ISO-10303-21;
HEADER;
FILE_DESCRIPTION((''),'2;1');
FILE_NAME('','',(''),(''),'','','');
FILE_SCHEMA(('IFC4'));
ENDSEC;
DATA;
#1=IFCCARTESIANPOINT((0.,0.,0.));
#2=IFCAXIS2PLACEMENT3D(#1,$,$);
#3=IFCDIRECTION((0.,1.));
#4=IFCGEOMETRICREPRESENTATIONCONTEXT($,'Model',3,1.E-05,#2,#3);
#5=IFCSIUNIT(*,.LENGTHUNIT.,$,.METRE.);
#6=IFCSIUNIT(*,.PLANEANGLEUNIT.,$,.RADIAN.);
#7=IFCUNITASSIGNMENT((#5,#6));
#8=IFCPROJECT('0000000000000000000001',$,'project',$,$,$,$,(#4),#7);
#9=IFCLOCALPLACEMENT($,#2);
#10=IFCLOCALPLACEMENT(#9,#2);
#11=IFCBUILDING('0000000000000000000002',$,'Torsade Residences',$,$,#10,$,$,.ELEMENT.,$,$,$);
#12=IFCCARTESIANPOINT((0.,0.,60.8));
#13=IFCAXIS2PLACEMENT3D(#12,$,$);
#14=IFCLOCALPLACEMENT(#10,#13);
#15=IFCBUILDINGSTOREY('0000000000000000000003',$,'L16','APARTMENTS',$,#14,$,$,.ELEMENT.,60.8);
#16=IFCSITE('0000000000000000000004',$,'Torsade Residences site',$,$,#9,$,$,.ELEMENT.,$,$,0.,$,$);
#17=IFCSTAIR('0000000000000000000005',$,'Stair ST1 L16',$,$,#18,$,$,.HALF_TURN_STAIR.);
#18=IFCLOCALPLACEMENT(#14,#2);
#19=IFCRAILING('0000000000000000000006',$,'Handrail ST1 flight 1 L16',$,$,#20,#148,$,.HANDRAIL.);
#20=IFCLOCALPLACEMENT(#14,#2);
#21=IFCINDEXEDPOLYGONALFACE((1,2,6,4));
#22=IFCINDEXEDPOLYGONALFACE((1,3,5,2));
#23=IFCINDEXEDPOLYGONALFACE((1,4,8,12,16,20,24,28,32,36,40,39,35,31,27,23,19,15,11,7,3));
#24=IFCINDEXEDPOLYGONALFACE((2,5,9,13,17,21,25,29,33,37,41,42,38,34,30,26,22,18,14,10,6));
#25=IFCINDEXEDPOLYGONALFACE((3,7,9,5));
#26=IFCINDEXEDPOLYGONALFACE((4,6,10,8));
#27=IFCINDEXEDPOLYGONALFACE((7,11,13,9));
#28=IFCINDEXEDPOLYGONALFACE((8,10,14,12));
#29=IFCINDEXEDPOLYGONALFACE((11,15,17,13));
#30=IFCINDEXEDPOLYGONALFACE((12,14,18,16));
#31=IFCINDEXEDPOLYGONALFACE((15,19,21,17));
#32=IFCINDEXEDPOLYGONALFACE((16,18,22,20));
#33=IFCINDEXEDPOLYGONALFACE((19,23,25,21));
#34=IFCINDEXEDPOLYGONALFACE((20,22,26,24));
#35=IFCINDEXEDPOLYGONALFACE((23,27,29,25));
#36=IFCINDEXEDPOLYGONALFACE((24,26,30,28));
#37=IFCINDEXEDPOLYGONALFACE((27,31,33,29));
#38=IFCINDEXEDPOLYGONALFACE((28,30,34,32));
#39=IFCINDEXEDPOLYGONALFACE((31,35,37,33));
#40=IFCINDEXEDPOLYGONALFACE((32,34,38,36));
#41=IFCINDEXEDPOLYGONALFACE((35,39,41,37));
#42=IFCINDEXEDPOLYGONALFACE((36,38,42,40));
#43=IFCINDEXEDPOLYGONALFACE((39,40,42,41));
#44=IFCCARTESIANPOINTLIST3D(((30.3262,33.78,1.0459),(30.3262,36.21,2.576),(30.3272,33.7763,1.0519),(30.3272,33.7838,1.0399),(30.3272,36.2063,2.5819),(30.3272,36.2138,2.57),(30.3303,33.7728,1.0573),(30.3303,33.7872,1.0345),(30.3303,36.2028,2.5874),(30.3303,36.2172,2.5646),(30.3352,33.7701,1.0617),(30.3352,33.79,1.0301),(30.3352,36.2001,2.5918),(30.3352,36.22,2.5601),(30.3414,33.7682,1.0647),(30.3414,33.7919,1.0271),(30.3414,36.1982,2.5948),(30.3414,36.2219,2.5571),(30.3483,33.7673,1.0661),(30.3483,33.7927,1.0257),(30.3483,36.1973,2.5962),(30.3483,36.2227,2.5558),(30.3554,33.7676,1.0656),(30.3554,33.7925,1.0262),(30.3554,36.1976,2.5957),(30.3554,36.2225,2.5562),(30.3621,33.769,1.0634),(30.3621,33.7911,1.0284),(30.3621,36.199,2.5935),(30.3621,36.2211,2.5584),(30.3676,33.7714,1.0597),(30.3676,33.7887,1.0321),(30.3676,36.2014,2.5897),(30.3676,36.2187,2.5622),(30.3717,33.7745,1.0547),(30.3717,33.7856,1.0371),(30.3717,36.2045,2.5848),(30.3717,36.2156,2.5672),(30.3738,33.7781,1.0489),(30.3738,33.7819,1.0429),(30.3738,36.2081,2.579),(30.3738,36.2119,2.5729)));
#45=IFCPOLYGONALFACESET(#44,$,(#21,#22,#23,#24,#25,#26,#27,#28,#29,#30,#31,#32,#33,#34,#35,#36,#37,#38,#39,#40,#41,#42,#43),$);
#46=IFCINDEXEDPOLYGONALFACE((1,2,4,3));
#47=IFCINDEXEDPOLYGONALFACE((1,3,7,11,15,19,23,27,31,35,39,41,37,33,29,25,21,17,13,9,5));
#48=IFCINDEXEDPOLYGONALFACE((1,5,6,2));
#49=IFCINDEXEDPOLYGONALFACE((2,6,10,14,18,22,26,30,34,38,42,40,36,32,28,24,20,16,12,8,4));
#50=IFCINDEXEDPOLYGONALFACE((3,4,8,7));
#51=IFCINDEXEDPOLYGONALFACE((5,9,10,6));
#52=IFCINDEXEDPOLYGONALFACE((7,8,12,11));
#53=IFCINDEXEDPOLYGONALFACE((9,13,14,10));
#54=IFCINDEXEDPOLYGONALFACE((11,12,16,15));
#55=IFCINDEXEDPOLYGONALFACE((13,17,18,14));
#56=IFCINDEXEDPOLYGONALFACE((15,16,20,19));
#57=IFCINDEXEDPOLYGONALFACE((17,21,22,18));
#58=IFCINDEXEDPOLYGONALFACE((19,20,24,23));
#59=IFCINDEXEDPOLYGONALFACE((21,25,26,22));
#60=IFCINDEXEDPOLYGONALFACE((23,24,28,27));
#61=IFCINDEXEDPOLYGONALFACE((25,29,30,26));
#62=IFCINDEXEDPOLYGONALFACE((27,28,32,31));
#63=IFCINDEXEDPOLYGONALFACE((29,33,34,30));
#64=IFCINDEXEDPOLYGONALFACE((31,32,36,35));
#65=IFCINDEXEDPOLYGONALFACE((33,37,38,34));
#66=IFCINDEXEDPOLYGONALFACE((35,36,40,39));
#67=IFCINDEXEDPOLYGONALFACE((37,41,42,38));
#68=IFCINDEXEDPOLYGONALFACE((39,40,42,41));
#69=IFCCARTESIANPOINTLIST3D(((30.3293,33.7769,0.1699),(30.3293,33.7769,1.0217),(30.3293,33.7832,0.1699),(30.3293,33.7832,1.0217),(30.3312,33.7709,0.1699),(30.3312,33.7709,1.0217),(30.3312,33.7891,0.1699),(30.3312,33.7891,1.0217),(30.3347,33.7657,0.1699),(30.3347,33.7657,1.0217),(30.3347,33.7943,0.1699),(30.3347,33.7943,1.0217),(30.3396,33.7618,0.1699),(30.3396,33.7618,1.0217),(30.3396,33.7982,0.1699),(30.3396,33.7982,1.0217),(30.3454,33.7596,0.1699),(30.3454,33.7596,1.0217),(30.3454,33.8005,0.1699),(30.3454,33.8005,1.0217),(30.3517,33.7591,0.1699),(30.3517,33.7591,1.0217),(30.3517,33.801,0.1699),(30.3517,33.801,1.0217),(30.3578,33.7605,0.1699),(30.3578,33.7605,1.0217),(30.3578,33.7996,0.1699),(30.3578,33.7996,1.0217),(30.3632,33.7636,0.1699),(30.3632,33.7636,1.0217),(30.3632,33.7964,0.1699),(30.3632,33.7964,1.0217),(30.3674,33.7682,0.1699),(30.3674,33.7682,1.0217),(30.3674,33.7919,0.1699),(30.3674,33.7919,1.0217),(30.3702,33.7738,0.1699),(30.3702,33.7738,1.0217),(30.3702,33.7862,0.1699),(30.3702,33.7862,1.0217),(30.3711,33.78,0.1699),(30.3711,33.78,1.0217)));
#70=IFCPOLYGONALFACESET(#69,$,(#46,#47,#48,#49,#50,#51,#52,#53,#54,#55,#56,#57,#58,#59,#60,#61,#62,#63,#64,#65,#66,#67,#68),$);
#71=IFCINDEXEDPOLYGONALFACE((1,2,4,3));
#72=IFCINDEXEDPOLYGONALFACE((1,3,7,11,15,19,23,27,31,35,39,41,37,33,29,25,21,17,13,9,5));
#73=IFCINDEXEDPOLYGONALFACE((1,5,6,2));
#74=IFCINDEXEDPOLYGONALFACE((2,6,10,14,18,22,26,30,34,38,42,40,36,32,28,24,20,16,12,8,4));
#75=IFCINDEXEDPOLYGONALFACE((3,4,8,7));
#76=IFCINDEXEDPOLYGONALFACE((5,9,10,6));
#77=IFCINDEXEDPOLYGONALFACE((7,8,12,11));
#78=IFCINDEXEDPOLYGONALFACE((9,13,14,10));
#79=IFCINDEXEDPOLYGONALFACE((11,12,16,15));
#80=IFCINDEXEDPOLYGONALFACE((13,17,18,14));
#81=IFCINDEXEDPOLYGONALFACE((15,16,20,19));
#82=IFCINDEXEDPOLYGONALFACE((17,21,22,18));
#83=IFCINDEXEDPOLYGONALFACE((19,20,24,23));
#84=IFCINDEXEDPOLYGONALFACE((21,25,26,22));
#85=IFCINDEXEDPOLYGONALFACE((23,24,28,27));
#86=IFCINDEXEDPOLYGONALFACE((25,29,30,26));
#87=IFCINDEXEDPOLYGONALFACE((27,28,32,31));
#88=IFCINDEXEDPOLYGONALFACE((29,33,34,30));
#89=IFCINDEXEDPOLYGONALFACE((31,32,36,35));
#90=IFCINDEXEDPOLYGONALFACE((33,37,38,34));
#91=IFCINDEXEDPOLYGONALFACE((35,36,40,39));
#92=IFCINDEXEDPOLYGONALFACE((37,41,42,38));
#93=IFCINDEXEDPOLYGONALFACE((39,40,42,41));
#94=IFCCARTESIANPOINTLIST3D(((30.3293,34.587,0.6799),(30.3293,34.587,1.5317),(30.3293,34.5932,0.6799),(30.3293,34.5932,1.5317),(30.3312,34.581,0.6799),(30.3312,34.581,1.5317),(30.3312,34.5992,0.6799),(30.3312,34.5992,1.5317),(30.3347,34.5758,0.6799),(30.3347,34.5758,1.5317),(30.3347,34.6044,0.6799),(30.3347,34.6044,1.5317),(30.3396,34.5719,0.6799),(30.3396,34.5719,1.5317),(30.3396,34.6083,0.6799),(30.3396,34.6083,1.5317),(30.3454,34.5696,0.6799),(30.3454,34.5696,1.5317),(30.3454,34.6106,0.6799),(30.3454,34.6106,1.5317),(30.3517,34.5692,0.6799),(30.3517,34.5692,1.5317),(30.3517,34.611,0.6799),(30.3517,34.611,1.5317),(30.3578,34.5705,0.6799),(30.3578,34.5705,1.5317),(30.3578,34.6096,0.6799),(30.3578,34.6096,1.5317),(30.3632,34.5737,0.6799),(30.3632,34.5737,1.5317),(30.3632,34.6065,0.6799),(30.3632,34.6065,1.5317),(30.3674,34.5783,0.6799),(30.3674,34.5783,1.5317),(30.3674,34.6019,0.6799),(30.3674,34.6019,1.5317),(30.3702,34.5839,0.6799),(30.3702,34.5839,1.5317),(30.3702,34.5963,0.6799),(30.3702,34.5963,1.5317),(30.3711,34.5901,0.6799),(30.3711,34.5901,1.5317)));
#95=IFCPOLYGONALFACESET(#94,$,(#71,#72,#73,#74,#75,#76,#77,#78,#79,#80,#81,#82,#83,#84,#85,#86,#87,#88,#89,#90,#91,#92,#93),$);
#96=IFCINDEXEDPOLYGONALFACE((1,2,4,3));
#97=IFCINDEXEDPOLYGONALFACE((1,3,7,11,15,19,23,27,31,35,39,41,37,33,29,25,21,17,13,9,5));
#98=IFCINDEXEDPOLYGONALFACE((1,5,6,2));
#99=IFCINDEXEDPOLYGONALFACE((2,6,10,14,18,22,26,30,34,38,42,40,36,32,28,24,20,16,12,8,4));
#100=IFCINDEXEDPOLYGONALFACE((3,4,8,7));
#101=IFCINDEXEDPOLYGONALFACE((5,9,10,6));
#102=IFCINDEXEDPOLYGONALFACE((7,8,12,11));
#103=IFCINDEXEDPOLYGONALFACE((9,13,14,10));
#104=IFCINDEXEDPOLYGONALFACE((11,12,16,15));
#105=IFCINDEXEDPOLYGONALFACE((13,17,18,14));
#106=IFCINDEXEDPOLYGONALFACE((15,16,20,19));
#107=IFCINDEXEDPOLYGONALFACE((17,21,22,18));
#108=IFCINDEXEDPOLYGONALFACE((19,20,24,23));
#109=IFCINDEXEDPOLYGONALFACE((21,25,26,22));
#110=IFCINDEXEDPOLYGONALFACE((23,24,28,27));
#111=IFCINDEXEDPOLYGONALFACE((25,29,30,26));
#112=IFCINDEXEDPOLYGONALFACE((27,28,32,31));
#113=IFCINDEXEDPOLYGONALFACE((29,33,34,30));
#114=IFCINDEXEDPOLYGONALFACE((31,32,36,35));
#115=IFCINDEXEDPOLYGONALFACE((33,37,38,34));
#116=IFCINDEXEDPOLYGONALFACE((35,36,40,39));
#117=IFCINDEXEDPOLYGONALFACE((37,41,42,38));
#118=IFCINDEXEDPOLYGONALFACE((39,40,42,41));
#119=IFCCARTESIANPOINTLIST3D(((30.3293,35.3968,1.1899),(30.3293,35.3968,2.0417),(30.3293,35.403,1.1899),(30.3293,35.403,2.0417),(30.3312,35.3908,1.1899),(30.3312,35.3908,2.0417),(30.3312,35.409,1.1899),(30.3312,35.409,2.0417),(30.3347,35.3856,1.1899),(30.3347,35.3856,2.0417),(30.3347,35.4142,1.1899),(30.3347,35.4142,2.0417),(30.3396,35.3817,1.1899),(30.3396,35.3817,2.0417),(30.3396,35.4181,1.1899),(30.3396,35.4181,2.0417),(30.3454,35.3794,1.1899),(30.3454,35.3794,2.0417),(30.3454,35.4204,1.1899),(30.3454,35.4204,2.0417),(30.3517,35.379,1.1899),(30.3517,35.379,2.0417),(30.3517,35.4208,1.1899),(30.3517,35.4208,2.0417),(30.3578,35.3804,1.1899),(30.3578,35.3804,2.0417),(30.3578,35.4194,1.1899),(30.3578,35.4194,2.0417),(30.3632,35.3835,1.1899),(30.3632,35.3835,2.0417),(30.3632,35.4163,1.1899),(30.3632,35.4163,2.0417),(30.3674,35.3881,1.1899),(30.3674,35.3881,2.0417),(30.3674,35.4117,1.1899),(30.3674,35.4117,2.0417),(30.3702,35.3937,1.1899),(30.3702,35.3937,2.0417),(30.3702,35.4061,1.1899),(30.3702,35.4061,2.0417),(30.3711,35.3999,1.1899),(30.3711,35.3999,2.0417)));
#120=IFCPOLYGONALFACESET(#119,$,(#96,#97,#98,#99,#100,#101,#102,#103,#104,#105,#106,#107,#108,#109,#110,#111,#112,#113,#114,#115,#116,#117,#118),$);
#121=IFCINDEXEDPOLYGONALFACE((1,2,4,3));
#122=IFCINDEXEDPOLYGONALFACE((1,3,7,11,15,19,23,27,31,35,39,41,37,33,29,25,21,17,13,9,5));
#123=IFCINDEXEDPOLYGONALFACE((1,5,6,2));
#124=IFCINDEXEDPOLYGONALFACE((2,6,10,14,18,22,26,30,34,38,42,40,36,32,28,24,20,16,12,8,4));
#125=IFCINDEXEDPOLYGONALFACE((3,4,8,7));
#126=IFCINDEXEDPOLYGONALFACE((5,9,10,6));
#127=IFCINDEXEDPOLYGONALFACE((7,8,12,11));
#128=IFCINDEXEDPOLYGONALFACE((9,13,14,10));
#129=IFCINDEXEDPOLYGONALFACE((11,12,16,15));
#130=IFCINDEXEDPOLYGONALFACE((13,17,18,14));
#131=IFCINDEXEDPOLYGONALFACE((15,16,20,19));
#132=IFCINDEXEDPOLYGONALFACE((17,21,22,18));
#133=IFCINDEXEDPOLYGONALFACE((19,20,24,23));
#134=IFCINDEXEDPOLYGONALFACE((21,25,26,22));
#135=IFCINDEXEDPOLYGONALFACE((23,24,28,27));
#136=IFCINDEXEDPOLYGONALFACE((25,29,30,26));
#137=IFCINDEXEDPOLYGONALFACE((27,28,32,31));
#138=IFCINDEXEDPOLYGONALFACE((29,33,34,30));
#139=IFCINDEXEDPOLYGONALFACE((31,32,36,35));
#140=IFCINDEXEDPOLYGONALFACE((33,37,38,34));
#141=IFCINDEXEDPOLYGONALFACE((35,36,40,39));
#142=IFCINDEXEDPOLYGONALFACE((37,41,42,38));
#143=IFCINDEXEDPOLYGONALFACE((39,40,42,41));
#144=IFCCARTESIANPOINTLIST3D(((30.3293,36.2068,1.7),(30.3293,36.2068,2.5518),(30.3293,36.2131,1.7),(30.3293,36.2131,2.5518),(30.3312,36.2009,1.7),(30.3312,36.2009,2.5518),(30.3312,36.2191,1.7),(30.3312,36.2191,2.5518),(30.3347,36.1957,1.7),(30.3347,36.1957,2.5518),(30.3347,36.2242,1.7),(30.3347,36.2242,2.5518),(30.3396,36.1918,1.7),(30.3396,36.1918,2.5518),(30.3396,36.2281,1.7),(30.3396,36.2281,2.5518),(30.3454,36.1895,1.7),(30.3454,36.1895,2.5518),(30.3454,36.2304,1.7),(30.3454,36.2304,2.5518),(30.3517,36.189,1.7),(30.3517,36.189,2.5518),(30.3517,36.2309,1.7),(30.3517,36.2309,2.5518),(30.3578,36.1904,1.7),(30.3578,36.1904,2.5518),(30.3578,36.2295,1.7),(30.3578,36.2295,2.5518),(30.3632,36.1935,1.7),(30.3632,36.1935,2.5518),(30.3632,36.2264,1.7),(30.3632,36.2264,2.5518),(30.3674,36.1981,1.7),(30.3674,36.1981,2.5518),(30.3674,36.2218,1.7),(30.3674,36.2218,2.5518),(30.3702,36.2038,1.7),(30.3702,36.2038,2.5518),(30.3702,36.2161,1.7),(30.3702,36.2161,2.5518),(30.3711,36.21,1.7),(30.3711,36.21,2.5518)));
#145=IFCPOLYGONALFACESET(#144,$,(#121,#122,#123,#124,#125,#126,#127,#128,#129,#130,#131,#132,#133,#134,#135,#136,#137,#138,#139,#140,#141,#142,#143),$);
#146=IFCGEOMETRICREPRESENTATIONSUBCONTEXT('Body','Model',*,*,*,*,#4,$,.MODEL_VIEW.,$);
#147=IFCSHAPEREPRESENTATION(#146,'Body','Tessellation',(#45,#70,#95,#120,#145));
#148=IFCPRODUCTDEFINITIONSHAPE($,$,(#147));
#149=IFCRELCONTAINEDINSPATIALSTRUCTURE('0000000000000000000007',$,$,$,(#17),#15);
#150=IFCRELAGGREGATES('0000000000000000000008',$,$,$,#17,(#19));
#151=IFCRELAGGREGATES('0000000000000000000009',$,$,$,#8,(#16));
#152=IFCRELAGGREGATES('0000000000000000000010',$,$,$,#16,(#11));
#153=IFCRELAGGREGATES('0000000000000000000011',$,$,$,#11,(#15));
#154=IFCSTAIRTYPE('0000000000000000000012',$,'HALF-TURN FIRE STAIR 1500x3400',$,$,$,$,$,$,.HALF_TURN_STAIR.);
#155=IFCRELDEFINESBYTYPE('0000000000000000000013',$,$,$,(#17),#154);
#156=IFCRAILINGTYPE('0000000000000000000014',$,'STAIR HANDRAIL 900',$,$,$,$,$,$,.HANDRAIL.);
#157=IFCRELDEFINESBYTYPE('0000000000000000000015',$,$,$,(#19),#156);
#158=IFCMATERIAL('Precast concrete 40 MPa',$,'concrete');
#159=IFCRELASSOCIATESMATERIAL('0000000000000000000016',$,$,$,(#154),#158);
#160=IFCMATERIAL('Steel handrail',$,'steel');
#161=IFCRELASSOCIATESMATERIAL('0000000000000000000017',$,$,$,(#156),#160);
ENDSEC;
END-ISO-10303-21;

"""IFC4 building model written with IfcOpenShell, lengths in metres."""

from ifc_helpers import new_model, si_unit, direction, frame, origin, origin_2d, place, context, subcontext, project, spatial, circle, extrude, material, type_object, element, aggregate, save


model = new_model("IFC4")

# Units and contexts
model_context = context("Model", 3, precision=1e-05, world=origin(), true_north=direction((0.0, 1.0)))
body_context = subcontext(model_context, "Body", "Model", "MODEL_VIEW")
ifc_project = project(units=[si_unit("LENGTHUNIT", "METRE"), si_unit("PLANEANGLEUNIT", "RADIAN")], contexts=[model_context])

# Site, building, storey
site_placement = place(None, origin())
site = spatial("IfcSite", under=ifc_project, at=site_placement, Name="Torsade Residences site", CompositionType="ELEMENT", RefElevation=0.0)
building_placement = place(site_placement, origin())
building = spatial("IfcBuilding", under=site, at=building_placement, Name="Torsade Residences", CompositionType="ELEMENT")
storey_placement = place(building_placement, frame((0.0, 0.0, 60.8)))
storey = spatial("IfcBuildingStorey", under=building, at=storey_placement, Name="L16", Description="APARTMENTS", CompositionType="ELEMENT", Elevation=60.8)

# Stair, railing
ifc_material_1 = material(Name="Precast concrete 40 MPa", Category="concrete")
stair_type = type_object("IfcStairType", Name="HALF-TURN FIRE STAIR 1500x3400", PredefinedType="HALF_TURN_STAIR", material=ifc_material_1)
stair_placement = place(storey_placement, origin())
stair = element("IfcStair", 1, at=stair_placement, inside=storey, type_object=stair_type, Name="Stair ST1 L16", PredefinedType="HALF_TURN_STAIR")
ifc_material_2 = material(Name="Steel handrail", Category="steel")
railing_type = type_object("IfcRailingType", Name="STAIR HANDRAIL 900", PredefinedType="HANDRAIL", material=ifc_material_2)
railing_1_placement = place(storey_placement, frame((30.3501, 33.78, 0.1699)))
railing_1 = element("IfcRailing", 2, at=railing_1_placement, type_object=railing_type, Name="Handrail ST1 flight 1 L16", PredefinedType="HANDRAIL", context=body_context, shape_type="SweptSolid", body=[
    extrude(circle(Radius=0.0239, at=origin_2d()), frame((0.0, 0.0, 0.876), z_axis=(0.0, 0.846221, 0.532831), x_axis=(-1.0, 0.0, 0.0)), (0.0, 0.0, 1.0), 2.8716),
    extrude(circle(Radius=0.021, at=origin_2d()), origin(), (0.0, 0.0, 1.0), 0.8518),
    extrude(circle(Radius=0.021, at=origin_2d()), frame((0.0, 0.8101, 0.51)), (0.0, 0.0, 1.0), 0.8518),
    extrude(circle(Radius=0.021, at=origin_2d()), frame((0.0, 1.6199, 1.02)), (0.0, 0.0, 1.0), 0.8518),
    extrude(circle(Radius=0.021, at=origin_2d()), frame((0.0, 2.4299, 1.53)), (0.0, 0.0, 1.0), 0.8518),
])
aggregate(stair, [railing_1])

save(model, "model.ifc")
